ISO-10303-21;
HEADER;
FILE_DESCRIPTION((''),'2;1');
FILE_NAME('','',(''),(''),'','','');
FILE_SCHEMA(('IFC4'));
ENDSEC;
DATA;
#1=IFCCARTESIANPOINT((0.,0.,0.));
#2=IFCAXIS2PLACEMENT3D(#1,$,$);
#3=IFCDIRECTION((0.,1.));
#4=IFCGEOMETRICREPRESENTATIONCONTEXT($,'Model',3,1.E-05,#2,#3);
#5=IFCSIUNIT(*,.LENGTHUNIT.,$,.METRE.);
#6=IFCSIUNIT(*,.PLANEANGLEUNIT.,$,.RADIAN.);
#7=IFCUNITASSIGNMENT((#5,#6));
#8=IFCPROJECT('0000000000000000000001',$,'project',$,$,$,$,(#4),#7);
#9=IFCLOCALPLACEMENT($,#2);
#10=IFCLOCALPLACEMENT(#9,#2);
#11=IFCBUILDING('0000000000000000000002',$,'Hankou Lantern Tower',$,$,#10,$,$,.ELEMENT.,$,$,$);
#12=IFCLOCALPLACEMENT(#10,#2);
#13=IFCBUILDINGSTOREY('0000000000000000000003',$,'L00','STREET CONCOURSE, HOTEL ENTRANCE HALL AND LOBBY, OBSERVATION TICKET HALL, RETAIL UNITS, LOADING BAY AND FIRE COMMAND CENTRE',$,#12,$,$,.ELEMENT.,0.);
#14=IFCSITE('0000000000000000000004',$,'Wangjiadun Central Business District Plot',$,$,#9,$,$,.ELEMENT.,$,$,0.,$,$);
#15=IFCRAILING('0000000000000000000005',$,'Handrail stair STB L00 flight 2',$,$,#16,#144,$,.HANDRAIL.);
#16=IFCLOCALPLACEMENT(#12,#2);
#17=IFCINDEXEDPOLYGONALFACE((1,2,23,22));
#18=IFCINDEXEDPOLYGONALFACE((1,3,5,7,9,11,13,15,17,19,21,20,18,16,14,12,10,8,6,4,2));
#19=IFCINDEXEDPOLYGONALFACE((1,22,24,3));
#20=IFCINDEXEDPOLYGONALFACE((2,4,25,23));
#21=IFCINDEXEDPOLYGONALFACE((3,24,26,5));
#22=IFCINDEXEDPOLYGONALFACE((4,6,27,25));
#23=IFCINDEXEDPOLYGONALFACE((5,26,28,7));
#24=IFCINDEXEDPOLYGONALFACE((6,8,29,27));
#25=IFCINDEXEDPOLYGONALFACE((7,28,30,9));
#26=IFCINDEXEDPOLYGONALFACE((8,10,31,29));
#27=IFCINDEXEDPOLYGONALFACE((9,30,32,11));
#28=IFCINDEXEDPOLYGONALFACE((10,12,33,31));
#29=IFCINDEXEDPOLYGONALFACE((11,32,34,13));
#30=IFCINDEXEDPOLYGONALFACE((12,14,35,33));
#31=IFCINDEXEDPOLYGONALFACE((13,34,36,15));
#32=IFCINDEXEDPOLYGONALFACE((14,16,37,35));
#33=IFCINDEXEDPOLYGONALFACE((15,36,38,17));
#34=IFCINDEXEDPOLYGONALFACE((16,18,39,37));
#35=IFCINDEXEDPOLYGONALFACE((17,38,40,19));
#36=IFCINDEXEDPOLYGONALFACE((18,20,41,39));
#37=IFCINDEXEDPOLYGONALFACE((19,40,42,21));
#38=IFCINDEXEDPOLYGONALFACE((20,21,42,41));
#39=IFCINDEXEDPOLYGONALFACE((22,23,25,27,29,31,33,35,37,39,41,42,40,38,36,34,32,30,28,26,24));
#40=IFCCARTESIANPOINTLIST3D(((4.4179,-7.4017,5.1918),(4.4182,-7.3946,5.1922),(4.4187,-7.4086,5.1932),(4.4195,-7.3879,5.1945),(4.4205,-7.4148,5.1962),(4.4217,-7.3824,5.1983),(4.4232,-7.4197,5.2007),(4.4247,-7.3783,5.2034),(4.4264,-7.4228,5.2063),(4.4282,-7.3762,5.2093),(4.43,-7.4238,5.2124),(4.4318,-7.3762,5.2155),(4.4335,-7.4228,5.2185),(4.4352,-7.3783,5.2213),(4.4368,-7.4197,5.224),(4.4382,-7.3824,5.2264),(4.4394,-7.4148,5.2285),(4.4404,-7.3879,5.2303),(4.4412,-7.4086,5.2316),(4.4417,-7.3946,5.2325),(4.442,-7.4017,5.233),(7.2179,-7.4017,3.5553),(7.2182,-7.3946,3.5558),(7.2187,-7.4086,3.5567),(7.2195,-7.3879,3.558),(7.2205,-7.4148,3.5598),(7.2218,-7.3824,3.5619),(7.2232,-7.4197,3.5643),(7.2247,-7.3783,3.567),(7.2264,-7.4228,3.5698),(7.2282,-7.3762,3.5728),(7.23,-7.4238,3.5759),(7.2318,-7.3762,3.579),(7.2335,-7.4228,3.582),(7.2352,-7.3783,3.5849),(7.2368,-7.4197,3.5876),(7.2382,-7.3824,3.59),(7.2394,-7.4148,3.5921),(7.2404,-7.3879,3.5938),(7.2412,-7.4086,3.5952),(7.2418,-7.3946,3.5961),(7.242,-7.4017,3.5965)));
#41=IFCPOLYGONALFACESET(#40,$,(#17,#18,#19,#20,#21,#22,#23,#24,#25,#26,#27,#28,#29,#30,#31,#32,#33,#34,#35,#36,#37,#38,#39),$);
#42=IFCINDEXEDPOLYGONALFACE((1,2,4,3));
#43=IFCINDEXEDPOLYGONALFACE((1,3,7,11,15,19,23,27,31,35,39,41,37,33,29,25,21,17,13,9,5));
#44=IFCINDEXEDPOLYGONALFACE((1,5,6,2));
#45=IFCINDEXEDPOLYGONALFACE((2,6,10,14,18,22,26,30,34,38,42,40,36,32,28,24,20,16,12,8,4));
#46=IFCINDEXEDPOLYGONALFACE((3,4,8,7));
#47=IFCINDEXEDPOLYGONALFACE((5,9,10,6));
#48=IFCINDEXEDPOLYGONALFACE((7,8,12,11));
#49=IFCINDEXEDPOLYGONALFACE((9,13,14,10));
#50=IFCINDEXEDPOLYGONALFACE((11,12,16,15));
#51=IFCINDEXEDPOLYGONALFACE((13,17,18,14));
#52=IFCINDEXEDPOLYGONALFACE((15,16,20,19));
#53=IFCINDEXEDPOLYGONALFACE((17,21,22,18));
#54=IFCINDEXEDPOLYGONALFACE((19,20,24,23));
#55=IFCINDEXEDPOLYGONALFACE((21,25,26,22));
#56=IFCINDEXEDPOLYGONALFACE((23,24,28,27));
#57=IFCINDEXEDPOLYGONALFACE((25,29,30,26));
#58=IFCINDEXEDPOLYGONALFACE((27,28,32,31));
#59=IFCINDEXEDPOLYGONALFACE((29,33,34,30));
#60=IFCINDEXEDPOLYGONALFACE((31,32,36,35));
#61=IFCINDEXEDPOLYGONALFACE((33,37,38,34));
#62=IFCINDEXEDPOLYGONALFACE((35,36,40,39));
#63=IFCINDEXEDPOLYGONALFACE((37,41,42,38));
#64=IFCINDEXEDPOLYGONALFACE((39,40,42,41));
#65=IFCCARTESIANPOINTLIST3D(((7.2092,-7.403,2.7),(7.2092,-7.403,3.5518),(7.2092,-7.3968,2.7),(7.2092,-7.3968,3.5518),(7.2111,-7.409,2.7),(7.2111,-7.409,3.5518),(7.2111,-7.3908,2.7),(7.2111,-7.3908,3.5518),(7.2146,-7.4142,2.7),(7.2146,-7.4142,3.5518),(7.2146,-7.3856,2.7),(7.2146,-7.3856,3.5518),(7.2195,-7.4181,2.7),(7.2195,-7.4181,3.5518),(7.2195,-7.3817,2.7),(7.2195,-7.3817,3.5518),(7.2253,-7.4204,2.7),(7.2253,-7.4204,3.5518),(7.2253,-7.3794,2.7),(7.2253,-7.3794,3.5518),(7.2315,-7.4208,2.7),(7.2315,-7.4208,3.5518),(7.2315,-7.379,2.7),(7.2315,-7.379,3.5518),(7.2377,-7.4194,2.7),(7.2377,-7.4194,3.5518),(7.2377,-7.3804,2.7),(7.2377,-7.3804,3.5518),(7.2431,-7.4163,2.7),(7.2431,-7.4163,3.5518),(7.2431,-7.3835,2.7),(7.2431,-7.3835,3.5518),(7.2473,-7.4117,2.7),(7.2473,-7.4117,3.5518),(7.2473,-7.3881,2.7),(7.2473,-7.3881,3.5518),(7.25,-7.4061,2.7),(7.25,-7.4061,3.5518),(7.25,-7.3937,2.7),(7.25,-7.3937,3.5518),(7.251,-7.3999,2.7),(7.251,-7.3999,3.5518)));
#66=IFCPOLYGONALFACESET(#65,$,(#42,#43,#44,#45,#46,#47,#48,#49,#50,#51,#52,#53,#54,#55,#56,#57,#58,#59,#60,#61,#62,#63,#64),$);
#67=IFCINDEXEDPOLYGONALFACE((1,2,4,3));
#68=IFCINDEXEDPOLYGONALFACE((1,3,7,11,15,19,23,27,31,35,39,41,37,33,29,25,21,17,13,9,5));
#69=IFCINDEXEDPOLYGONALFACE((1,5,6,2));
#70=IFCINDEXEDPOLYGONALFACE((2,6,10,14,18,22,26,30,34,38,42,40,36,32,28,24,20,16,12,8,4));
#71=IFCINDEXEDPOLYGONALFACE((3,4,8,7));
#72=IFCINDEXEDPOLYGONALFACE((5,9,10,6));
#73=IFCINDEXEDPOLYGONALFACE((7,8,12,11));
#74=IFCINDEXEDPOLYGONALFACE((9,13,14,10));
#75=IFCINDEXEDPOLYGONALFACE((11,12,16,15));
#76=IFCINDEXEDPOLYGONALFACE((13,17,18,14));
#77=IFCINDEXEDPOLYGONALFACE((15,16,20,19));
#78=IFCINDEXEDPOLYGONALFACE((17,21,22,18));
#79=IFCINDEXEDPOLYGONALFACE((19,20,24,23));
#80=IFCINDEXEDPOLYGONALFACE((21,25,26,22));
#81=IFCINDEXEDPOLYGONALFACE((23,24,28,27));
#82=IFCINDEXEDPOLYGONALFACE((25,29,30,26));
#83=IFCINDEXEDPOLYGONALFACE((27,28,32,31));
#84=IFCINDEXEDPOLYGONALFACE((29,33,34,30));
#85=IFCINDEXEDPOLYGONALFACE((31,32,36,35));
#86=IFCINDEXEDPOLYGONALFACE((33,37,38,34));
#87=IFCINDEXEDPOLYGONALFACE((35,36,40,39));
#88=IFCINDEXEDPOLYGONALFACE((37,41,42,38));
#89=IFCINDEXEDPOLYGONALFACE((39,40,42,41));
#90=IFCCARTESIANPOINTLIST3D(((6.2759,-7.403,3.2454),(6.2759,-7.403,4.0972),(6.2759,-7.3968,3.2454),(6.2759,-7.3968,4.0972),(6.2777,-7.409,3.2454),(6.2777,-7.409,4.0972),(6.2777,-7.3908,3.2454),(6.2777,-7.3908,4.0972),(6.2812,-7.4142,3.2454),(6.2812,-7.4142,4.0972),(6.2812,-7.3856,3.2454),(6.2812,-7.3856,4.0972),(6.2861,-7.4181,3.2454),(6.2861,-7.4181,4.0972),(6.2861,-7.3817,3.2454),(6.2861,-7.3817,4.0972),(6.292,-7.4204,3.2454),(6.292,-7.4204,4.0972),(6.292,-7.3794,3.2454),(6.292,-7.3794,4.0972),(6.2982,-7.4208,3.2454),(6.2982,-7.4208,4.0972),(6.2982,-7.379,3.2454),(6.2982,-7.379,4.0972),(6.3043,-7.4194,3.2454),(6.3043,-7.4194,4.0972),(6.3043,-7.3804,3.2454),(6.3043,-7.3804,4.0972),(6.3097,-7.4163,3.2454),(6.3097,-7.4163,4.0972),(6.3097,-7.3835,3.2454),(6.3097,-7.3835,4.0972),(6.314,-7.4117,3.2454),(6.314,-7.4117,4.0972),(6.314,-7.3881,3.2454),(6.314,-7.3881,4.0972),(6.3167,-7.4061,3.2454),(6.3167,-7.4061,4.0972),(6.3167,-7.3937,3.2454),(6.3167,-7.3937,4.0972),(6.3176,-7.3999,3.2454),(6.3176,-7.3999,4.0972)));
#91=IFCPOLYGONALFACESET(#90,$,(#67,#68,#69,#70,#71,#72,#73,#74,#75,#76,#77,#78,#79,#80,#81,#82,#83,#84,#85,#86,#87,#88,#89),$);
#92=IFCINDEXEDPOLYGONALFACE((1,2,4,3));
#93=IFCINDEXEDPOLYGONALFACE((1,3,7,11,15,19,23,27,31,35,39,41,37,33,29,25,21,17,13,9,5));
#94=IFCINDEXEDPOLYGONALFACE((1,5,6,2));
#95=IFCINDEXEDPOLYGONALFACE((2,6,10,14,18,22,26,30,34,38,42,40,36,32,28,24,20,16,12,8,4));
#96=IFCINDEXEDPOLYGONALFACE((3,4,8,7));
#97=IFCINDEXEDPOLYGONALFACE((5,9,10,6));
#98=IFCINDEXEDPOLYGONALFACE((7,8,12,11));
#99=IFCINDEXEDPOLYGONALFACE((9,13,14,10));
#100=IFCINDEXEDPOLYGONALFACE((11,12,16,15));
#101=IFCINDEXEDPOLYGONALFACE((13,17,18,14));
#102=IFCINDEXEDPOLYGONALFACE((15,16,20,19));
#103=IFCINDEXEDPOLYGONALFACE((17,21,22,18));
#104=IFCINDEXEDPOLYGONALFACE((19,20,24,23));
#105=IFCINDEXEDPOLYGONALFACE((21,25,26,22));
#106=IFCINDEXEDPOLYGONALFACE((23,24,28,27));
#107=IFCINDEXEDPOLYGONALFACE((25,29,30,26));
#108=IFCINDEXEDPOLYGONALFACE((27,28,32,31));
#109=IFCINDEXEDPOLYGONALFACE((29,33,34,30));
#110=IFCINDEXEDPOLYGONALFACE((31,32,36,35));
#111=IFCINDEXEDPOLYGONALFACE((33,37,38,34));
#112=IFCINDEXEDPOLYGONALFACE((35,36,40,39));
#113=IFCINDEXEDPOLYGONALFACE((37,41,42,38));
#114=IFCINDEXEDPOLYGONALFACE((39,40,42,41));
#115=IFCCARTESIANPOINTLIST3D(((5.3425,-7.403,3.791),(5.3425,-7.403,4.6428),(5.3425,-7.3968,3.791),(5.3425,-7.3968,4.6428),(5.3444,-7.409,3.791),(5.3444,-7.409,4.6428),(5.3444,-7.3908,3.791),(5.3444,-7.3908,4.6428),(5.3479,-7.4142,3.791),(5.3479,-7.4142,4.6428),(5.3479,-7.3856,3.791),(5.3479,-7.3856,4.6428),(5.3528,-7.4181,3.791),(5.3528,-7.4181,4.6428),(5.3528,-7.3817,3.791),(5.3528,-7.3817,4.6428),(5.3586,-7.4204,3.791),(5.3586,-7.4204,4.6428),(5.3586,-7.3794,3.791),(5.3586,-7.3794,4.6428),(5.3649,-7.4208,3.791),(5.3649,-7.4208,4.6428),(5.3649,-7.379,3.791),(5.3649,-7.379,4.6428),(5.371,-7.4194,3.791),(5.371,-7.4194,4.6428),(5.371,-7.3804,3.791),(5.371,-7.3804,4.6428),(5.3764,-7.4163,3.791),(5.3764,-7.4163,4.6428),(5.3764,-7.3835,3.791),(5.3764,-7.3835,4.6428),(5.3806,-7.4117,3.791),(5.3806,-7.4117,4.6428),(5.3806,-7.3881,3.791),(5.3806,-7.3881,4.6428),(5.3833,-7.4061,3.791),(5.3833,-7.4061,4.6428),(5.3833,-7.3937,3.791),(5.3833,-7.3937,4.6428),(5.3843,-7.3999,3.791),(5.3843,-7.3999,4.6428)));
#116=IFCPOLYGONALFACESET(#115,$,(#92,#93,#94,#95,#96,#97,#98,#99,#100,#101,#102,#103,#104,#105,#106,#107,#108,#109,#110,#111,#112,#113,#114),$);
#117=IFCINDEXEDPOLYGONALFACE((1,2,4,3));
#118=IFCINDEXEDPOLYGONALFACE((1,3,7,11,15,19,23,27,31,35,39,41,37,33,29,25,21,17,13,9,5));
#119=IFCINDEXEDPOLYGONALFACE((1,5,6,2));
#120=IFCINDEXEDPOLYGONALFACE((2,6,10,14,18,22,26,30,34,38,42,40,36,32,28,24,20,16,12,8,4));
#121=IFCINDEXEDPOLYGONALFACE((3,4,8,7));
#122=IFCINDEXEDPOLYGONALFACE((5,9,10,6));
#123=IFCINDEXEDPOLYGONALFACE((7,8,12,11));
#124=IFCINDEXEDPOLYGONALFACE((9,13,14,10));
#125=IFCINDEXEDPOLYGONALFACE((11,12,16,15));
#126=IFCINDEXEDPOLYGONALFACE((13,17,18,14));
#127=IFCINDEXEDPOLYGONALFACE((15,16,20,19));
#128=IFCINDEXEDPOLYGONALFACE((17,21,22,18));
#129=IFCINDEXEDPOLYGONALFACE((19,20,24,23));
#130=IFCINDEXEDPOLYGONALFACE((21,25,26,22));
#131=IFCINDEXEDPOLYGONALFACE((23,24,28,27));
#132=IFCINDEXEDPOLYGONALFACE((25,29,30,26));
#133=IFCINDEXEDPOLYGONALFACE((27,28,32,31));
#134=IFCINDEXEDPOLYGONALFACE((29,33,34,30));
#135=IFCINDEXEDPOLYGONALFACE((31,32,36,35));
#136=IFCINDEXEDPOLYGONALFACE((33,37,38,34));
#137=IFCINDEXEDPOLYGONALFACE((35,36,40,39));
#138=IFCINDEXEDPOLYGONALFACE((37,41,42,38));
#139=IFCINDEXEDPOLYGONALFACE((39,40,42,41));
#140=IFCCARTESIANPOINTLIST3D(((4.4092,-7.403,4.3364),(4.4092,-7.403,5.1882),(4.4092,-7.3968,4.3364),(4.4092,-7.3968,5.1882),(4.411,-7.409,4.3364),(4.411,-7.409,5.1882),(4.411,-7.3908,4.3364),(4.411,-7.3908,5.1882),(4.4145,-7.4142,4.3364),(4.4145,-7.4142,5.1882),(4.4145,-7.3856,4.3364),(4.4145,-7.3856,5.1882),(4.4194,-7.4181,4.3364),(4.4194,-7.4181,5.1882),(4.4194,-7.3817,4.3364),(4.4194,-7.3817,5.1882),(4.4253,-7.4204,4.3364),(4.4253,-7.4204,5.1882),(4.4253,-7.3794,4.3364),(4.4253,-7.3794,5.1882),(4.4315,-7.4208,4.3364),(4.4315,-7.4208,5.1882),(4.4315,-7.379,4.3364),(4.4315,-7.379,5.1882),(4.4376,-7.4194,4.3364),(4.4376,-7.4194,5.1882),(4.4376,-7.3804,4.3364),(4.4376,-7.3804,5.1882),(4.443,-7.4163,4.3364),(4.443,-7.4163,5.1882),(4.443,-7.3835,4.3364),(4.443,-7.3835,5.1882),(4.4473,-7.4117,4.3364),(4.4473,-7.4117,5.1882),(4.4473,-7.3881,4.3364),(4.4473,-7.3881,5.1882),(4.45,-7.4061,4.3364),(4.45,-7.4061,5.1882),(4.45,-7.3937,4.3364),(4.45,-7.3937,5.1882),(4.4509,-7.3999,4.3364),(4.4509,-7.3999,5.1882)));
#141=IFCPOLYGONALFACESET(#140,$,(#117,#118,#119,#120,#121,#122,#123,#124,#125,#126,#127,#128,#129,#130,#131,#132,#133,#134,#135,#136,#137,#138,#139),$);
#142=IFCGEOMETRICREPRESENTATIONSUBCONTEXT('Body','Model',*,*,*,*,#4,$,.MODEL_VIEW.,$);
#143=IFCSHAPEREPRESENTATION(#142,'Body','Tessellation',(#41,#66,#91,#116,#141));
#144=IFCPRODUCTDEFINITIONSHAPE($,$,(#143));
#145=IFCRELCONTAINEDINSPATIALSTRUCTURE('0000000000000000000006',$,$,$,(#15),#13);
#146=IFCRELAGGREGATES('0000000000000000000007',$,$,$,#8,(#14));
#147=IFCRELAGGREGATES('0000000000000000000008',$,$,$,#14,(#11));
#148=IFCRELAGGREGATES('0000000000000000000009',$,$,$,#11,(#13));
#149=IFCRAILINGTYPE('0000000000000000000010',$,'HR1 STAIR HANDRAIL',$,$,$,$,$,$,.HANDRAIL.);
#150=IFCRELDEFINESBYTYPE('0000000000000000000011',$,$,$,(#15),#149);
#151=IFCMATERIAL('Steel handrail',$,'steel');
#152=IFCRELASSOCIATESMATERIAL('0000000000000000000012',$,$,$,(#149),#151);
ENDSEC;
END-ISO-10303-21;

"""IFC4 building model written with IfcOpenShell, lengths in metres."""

from ifc_helpers import new_model, si_unit, direction, frame, origin, origin_2d, place, context, subcontext, project, spatial, circle, extrude, material, type_object, element, save


model = new_model("IFC4")

# Units and contexts
model_context = context("Model", 3, precision=1e-05, world=origin(), true_north=direction((0.0, 1.0)))
body_context = subcontext(model_context, "Body", "Model", "MODEL_VIEW")
ifc_project = project(units=[si_unit("LENGTHUNIT", "METRE"), si_unit("PLANEANGLEUNIT", "RADIAN")], contexts=[model_context])

# Site, building, storey
site_placement = place(None, origin())
site = spatial("IfcSite", under=ifc_project, at=site_placement, Name="Wangjiadun Central Business District Plot", CompositionType="ELEMENT", RefElevation=0.0)
building_placement = place(site_placement, origin())
building = spatial("IfcBuilding", under=site, at=building_placement, Name="Hankou Lantern Tower", CompositionType="ELEMENT")
storey_placement = place(building_placement, origin())
storey = spatial("IfcBuildingStorey", under=building, at=storey_placement, Name="L00", Description="STREET CONCOURSE, HOTEL ENTRANCE HALL AND LOBBY, OBSERVATION TICKET HALL, RETAIL UNITS, LOADING BAY AND FIRE COMMAND CENTRE", CompositionType="ELEMENT", Elevation=0.0)

# Railing
ifc_material_1 = material(Name="Steel handrail", Category="steel")
railing_type = type_object("IfcRailingType", Name="HR1 STAIR HANDRAIL", PredefinedType="HANDRAIL", material=ifc_material_1)
railing_1_placement = place(storey_placement, frame((7.23, -7.3999, 2.7)))
element("IfcRailing", 1, at=railing_1_placement, inside=storey, type_object=railing_type, Name="Handrail stair STB L00 flight 2", PredefinedType="HANDRAIL", context=body_context, shape_type="SweptSolid", body=[
    extrude(circle(Radius=0.0239, at=origin_2d()), frame((0.0, 0.0, 0.876), z_axis=(-0.863361, 0.0, 0.504587), x_axis=(0.0, -1.0, 0.0)), (0.0, 0.0, 1.0), 3.2432),
    extrude(circle(Radius=0.021, at=origin_2d()), origin(), (0.0, 0.0, 1.0), 0.8518),
    extrude(circle(Radius=0.021, at=origin_2d()), frame((-0.9333, 0.0, 0.5454)), (0.0, 0.0, 1.0), 0.8518),
    extrude(circle(Radius=0.021, at=origin_2d()), frame((-1.8667, 0.0, 1.0911)), (0.0, 0.0, 1.0), 0.8518),
    extrude(circle(Radius=0.021, at=origin_2d()), frame((-2.8, 0.0, 1.6365)), (0.0, 0.0, 1.0), 0.8518),
])

save(model, "model.ifc")
